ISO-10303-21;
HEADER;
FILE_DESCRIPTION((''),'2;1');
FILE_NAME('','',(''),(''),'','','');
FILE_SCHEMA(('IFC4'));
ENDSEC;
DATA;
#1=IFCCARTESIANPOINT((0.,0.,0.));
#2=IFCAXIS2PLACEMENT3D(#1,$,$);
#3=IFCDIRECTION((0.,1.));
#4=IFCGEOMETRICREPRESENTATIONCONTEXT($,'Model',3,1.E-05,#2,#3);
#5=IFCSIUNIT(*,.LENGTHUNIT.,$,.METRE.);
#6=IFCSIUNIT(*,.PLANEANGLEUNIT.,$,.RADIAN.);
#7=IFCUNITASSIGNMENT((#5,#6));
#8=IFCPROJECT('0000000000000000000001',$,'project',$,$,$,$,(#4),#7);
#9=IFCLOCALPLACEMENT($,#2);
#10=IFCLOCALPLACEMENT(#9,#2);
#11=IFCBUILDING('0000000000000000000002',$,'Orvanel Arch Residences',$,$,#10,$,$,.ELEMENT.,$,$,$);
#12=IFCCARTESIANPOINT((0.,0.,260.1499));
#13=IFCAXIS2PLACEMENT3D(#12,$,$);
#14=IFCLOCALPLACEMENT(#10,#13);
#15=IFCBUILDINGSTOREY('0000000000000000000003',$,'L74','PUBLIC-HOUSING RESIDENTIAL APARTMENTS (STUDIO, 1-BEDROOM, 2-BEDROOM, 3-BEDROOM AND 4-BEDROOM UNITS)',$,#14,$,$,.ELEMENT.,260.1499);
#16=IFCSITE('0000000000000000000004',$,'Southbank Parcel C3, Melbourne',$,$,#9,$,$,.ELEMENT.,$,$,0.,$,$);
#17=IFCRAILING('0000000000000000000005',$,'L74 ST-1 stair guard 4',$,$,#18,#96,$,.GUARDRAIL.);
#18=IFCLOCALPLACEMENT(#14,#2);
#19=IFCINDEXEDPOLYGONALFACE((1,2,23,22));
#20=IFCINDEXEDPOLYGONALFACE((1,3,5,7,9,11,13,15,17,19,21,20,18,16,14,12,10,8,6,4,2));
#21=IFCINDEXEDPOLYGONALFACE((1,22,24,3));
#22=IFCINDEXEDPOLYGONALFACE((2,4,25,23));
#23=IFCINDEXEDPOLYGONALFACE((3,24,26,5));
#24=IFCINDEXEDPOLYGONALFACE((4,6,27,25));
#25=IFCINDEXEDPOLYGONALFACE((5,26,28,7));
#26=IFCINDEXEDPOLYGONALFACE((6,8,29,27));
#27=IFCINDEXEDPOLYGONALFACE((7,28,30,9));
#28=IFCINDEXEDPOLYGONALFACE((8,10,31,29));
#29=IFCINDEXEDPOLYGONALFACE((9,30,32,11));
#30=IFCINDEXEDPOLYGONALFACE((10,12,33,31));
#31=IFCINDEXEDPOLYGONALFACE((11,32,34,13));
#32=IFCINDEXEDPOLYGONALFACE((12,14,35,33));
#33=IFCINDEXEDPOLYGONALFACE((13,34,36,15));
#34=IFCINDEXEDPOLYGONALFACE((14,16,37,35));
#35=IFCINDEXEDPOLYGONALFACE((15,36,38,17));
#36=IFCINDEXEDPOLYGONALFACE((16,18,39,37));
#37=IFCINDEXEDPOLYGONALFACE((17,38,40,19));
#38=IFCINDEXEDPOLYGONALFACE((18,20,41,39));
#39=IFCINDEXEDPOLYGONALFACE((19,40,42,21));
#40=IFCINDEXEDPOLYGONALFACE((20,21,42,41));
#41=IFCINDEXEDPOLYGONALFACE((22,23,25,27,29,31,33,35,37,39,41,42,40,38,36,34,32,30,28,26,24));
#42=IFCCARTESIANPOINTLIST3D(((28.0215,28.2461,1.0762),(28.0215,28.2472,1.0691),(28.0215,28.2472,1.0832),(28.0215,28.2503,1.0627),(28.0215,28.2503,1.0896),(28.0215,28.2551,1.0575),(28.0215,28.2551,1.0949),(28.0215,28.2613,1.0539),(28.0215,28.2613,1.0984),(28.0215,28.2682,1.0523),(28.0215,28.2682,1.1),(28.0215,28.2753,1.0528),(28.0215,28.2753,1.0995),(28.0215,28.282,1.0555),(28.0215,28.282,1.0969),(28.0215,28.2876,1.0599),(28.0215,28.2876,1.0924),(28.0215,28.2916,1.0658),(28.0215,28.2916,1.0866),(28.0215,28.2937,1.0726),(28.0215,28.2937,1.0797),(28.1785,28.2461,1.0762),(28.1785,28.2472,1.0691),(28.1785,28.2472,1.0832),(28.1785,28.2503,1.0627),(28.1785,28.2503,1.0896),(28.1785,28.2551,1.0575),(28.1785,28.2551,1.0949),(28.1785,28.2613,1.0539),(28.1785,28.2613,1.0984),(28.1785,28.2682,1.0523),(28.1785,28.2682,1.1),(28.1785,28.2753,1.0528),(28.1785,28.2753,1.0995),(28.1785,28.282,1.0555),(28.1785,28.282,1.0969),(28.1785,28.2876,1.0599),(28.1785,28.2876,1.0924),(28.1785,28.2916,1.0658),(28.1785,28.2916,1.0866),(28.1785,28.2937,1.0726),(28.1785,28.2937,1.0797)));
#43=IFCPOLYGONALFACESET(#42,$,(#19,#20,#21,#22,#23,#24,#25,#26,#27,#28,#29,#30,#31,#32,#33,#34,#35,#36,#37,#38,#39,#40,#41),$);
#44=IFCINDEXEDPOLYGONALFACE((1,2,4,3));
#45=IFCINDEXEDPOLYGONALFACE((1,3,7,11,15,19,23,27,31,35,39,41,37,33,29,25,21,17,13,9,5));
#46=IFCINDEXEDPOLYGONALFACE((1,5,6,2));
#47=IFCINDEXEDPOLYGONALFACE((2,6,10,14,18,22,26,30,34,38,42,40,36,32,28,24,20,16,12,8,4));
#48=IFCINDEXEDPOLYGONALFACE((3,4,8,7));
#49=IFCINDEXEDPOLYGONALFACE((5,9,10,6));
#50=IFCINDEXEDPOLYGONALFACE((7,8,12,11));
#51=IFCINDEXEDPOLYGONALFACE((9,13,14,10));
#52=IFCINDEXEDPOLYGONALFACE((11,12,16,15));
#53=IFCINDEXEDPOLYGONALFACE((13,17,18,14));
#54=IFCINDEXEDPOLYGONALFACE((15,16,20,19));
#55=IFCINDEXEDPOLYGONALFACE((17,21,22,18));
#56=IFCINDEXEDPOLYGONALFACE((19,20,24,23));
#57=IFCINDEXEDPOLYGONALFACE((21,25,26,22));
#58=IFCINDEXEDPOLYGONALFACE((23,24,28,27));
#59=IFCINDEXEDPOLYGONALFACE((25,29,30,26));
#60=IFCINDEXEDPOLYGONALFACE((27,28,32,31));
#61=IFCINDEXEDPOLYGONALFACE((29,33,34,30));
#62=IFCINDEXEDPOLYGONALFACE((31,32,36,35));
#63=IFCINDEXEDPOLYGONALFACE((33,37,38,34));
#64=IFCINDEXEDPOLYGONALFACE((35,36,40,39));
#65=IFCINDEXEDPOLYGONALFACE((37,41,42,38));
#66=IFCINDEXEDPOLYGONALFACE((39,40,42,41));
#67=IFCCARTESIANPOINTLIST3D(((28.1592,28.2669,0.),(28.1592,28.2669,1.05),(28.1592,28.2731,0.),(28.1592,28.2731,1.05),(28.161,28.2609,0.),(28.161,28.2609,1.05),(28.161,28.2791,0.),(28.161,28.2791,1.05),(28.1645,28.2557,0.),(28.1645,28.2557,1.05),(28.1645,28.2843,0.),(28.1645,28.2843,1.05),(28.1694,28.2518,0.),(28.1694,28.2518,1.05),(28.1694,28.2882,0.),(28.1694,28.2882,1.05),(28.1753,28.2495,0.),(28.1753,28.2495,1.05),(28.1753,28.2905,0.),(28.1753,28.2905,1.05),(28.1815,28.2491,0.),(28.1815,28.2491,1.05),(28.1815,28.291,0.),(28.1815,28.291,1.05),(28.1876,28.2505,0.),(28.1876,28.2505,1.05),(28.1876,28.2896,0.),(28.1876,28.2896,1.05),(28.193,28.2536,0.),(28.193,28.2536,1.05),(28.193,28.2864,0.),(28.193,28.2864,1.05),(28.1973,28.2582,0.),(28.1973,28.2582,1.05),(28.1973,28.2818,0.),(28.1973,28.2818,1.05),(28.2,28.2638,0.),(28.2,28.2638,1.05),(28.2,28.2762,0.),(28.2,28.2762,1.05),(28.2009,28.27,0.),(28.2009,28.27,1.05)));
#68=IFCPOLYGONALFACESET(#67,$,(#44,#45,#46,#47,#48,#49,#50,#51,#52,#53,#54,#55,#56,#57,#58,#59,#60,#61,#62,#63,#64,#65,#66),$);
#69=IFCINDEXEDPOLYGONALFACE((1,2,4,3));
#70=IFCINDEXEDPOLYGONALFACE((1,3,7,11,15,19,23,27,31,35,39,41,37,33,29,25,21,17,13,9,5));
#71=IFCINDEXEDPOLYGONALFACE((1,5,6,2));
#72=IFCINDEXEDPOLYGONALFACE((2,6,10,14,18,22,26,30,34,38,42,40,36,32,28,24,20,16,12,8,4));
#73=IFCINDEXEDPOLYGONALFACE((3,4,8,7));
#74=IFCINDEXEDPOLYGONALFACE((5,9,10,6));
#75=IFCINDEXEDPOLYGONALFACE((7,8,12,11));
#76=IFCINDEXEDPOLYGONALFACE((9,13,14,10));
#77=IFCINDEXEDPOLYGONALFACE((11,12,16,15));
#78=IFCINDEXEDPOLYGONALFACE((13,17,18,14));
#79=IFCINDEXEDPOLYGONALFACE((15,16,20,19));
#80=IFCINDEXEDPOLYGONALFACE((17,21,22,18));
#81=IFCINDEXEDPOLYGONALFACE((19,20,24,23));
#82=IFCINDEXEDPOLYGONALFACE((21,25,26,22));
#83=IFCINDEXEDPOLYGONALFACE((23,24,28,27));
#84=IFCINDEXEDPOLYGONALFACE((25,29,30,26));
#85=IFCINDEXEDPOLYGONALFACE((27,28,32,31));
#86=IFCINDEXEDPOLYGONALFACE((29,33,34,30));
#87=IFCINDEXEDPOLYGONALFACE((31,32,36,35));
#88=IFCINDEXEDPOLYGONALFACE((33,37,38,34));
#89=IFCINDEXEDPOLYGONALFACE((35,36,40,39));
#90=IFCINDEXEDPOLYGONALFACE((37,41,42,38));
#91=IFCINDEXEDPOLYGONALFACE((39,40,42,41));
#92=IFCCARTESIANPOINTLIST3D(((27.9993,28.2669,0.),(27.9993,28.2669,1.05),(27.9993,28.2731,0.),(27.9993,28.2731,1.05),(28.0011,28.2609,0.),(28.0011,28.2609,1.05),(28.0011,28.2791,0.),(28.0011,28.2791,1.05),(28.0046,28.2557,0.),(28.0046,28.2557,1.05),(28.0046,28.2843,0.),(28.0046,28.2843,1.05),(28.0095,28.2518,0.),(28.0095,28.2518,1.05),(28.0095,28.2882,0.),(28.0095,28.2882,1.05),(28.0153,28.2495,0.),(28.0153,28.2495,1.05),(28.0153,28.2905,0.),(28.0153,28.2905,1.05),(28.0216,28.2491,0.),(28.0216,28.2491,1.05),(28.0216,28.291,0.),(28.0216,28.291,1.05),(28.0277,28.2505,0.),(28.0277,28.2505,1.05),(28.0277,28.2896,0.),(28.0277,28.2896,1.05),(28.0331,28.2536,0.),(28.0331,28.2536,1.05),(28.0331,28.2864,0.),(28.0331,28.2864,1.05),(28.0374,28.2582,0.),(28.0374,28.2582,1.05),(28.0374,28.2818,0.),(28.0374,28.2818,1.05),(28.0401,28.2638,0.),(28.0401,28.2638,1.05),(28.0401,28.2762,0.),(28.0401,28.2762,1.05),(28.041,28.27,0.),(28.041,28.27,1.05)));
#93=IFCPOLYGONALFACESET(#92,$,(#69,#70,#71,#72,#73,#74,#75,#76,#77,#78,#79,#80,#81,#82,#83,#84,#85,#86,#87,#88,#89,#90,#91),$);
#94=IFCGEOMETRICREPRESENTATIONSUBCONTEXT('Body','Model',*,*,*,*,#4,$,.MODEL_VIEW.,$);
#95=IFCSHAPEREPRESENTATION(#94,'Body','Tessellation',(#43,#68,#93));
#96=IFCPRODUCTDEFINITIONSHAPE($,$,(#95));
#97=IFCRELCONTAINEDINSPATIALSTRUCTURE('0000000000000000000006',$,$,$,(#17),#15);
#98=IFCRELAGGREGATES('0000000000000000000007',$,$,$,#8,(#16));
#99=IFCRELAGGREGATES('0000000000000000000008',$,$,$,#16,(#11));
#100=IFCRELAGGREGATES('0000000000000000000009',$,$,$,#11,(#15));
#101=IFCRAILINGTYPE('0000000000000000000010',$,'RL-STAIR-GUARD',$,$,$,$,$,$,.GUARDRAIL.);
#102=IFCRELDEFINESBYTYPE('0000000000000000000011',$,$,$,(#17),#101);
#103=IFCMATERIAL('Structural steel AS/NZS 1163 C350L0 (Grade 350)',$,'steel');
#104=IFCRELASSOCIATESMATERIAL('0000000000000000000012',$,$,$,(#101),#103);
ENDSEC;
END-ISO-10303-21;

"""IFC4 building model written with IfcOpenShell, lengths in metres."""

from ifc_helpers import new_model, si_unit, direction, frame, origin, origin_2d, place, context, subcontext, project, spatial, circle, extrude, material, type_object, element, save


model = new_model("IFC4")

# Units and contexts
model_context = context("Model", 3, precision=1e-05, world=origin(), true_north=direction((0.0, 1.0)))
body_context = subcontext(model_context, "Body", "Model", "MODEL_VIEW")
ifc_project = project(units=[si_unit("LENGTHUNIT", "METRE"), si_unit("PLANEANGLEUNIT", "RADIAN")], contexts=[model_context])

# Site, building, storey
site_placement = place(None, origin())
site = spatial("IfcSite", under=ifc_project, at=site_placement, Name="Southbank Parcel C3, Melbourne", CompositionType="ELEMENT", RefElevation=0.0)
building_placement = place(site_placement, origin())
building = spatial("IfcBuilding", under=site, at=building_placement, Name="Orvanel Arch Residences", CompositionType="ELEMENT")
storey_placement = place(building_placement, frame((0.0, 0.0, 260.1499)))
storey = spatial("IfcBuildingStorey", under=building, at=storey_placement, Name="L74", Description="PUBLIC-HOUSING RESIDENTIAL APARTMENTS (STUDIO, 1-BEDROOM, 2-BEDROOM, 3-BEDROOM AND 4-BEDROOM UNITS)", CompositionType="ELEMENT", Elevation=260.1499)

# Railing
ifc_material_1 = material(Name="Structural steel AS/NZS 1163 C350L0 (Grade 350)", Category="steel")
railing_type_1 = type_object("IfcRailingType", Name="RL-STAIR-GUARD", PredefinedType="GUARDRAIL", material=ifc_material_1)
railing_1_placement = place(storey_placement, frame((28.1799, 28.27, 0.0)))
element("IfcRailing", 1, at=railing_1_placement, inside=storey, type_object=railing_type_1, Name="L74 ST-1 stair guard 4", PredefinedType="GUARDRAIL", context=body_context, shape_type="SweptSolid", body=[
    extrude(circle(Radius=0.0239, at=origin_2d()), frame((-0.0015, 0.0, 1.0762), z_axis=(-1.0, 0.0, 0.0), x_axis=(0.0, -1.0, 0.0)), (0.0, 0.0, 1.0), 0.157),
    extrude(circle(Radius=0.021, at=origin_2d()), origin(), (0.0, 0.0, 1.0), 1.05),
    extrude(circle(Radius=0.021, at=origin_2d()), frame((-0.1599, 0.0, 0.0)), (0.0, 0.0, 1.0), 1.05),
])

save(model, "model.ifc")
